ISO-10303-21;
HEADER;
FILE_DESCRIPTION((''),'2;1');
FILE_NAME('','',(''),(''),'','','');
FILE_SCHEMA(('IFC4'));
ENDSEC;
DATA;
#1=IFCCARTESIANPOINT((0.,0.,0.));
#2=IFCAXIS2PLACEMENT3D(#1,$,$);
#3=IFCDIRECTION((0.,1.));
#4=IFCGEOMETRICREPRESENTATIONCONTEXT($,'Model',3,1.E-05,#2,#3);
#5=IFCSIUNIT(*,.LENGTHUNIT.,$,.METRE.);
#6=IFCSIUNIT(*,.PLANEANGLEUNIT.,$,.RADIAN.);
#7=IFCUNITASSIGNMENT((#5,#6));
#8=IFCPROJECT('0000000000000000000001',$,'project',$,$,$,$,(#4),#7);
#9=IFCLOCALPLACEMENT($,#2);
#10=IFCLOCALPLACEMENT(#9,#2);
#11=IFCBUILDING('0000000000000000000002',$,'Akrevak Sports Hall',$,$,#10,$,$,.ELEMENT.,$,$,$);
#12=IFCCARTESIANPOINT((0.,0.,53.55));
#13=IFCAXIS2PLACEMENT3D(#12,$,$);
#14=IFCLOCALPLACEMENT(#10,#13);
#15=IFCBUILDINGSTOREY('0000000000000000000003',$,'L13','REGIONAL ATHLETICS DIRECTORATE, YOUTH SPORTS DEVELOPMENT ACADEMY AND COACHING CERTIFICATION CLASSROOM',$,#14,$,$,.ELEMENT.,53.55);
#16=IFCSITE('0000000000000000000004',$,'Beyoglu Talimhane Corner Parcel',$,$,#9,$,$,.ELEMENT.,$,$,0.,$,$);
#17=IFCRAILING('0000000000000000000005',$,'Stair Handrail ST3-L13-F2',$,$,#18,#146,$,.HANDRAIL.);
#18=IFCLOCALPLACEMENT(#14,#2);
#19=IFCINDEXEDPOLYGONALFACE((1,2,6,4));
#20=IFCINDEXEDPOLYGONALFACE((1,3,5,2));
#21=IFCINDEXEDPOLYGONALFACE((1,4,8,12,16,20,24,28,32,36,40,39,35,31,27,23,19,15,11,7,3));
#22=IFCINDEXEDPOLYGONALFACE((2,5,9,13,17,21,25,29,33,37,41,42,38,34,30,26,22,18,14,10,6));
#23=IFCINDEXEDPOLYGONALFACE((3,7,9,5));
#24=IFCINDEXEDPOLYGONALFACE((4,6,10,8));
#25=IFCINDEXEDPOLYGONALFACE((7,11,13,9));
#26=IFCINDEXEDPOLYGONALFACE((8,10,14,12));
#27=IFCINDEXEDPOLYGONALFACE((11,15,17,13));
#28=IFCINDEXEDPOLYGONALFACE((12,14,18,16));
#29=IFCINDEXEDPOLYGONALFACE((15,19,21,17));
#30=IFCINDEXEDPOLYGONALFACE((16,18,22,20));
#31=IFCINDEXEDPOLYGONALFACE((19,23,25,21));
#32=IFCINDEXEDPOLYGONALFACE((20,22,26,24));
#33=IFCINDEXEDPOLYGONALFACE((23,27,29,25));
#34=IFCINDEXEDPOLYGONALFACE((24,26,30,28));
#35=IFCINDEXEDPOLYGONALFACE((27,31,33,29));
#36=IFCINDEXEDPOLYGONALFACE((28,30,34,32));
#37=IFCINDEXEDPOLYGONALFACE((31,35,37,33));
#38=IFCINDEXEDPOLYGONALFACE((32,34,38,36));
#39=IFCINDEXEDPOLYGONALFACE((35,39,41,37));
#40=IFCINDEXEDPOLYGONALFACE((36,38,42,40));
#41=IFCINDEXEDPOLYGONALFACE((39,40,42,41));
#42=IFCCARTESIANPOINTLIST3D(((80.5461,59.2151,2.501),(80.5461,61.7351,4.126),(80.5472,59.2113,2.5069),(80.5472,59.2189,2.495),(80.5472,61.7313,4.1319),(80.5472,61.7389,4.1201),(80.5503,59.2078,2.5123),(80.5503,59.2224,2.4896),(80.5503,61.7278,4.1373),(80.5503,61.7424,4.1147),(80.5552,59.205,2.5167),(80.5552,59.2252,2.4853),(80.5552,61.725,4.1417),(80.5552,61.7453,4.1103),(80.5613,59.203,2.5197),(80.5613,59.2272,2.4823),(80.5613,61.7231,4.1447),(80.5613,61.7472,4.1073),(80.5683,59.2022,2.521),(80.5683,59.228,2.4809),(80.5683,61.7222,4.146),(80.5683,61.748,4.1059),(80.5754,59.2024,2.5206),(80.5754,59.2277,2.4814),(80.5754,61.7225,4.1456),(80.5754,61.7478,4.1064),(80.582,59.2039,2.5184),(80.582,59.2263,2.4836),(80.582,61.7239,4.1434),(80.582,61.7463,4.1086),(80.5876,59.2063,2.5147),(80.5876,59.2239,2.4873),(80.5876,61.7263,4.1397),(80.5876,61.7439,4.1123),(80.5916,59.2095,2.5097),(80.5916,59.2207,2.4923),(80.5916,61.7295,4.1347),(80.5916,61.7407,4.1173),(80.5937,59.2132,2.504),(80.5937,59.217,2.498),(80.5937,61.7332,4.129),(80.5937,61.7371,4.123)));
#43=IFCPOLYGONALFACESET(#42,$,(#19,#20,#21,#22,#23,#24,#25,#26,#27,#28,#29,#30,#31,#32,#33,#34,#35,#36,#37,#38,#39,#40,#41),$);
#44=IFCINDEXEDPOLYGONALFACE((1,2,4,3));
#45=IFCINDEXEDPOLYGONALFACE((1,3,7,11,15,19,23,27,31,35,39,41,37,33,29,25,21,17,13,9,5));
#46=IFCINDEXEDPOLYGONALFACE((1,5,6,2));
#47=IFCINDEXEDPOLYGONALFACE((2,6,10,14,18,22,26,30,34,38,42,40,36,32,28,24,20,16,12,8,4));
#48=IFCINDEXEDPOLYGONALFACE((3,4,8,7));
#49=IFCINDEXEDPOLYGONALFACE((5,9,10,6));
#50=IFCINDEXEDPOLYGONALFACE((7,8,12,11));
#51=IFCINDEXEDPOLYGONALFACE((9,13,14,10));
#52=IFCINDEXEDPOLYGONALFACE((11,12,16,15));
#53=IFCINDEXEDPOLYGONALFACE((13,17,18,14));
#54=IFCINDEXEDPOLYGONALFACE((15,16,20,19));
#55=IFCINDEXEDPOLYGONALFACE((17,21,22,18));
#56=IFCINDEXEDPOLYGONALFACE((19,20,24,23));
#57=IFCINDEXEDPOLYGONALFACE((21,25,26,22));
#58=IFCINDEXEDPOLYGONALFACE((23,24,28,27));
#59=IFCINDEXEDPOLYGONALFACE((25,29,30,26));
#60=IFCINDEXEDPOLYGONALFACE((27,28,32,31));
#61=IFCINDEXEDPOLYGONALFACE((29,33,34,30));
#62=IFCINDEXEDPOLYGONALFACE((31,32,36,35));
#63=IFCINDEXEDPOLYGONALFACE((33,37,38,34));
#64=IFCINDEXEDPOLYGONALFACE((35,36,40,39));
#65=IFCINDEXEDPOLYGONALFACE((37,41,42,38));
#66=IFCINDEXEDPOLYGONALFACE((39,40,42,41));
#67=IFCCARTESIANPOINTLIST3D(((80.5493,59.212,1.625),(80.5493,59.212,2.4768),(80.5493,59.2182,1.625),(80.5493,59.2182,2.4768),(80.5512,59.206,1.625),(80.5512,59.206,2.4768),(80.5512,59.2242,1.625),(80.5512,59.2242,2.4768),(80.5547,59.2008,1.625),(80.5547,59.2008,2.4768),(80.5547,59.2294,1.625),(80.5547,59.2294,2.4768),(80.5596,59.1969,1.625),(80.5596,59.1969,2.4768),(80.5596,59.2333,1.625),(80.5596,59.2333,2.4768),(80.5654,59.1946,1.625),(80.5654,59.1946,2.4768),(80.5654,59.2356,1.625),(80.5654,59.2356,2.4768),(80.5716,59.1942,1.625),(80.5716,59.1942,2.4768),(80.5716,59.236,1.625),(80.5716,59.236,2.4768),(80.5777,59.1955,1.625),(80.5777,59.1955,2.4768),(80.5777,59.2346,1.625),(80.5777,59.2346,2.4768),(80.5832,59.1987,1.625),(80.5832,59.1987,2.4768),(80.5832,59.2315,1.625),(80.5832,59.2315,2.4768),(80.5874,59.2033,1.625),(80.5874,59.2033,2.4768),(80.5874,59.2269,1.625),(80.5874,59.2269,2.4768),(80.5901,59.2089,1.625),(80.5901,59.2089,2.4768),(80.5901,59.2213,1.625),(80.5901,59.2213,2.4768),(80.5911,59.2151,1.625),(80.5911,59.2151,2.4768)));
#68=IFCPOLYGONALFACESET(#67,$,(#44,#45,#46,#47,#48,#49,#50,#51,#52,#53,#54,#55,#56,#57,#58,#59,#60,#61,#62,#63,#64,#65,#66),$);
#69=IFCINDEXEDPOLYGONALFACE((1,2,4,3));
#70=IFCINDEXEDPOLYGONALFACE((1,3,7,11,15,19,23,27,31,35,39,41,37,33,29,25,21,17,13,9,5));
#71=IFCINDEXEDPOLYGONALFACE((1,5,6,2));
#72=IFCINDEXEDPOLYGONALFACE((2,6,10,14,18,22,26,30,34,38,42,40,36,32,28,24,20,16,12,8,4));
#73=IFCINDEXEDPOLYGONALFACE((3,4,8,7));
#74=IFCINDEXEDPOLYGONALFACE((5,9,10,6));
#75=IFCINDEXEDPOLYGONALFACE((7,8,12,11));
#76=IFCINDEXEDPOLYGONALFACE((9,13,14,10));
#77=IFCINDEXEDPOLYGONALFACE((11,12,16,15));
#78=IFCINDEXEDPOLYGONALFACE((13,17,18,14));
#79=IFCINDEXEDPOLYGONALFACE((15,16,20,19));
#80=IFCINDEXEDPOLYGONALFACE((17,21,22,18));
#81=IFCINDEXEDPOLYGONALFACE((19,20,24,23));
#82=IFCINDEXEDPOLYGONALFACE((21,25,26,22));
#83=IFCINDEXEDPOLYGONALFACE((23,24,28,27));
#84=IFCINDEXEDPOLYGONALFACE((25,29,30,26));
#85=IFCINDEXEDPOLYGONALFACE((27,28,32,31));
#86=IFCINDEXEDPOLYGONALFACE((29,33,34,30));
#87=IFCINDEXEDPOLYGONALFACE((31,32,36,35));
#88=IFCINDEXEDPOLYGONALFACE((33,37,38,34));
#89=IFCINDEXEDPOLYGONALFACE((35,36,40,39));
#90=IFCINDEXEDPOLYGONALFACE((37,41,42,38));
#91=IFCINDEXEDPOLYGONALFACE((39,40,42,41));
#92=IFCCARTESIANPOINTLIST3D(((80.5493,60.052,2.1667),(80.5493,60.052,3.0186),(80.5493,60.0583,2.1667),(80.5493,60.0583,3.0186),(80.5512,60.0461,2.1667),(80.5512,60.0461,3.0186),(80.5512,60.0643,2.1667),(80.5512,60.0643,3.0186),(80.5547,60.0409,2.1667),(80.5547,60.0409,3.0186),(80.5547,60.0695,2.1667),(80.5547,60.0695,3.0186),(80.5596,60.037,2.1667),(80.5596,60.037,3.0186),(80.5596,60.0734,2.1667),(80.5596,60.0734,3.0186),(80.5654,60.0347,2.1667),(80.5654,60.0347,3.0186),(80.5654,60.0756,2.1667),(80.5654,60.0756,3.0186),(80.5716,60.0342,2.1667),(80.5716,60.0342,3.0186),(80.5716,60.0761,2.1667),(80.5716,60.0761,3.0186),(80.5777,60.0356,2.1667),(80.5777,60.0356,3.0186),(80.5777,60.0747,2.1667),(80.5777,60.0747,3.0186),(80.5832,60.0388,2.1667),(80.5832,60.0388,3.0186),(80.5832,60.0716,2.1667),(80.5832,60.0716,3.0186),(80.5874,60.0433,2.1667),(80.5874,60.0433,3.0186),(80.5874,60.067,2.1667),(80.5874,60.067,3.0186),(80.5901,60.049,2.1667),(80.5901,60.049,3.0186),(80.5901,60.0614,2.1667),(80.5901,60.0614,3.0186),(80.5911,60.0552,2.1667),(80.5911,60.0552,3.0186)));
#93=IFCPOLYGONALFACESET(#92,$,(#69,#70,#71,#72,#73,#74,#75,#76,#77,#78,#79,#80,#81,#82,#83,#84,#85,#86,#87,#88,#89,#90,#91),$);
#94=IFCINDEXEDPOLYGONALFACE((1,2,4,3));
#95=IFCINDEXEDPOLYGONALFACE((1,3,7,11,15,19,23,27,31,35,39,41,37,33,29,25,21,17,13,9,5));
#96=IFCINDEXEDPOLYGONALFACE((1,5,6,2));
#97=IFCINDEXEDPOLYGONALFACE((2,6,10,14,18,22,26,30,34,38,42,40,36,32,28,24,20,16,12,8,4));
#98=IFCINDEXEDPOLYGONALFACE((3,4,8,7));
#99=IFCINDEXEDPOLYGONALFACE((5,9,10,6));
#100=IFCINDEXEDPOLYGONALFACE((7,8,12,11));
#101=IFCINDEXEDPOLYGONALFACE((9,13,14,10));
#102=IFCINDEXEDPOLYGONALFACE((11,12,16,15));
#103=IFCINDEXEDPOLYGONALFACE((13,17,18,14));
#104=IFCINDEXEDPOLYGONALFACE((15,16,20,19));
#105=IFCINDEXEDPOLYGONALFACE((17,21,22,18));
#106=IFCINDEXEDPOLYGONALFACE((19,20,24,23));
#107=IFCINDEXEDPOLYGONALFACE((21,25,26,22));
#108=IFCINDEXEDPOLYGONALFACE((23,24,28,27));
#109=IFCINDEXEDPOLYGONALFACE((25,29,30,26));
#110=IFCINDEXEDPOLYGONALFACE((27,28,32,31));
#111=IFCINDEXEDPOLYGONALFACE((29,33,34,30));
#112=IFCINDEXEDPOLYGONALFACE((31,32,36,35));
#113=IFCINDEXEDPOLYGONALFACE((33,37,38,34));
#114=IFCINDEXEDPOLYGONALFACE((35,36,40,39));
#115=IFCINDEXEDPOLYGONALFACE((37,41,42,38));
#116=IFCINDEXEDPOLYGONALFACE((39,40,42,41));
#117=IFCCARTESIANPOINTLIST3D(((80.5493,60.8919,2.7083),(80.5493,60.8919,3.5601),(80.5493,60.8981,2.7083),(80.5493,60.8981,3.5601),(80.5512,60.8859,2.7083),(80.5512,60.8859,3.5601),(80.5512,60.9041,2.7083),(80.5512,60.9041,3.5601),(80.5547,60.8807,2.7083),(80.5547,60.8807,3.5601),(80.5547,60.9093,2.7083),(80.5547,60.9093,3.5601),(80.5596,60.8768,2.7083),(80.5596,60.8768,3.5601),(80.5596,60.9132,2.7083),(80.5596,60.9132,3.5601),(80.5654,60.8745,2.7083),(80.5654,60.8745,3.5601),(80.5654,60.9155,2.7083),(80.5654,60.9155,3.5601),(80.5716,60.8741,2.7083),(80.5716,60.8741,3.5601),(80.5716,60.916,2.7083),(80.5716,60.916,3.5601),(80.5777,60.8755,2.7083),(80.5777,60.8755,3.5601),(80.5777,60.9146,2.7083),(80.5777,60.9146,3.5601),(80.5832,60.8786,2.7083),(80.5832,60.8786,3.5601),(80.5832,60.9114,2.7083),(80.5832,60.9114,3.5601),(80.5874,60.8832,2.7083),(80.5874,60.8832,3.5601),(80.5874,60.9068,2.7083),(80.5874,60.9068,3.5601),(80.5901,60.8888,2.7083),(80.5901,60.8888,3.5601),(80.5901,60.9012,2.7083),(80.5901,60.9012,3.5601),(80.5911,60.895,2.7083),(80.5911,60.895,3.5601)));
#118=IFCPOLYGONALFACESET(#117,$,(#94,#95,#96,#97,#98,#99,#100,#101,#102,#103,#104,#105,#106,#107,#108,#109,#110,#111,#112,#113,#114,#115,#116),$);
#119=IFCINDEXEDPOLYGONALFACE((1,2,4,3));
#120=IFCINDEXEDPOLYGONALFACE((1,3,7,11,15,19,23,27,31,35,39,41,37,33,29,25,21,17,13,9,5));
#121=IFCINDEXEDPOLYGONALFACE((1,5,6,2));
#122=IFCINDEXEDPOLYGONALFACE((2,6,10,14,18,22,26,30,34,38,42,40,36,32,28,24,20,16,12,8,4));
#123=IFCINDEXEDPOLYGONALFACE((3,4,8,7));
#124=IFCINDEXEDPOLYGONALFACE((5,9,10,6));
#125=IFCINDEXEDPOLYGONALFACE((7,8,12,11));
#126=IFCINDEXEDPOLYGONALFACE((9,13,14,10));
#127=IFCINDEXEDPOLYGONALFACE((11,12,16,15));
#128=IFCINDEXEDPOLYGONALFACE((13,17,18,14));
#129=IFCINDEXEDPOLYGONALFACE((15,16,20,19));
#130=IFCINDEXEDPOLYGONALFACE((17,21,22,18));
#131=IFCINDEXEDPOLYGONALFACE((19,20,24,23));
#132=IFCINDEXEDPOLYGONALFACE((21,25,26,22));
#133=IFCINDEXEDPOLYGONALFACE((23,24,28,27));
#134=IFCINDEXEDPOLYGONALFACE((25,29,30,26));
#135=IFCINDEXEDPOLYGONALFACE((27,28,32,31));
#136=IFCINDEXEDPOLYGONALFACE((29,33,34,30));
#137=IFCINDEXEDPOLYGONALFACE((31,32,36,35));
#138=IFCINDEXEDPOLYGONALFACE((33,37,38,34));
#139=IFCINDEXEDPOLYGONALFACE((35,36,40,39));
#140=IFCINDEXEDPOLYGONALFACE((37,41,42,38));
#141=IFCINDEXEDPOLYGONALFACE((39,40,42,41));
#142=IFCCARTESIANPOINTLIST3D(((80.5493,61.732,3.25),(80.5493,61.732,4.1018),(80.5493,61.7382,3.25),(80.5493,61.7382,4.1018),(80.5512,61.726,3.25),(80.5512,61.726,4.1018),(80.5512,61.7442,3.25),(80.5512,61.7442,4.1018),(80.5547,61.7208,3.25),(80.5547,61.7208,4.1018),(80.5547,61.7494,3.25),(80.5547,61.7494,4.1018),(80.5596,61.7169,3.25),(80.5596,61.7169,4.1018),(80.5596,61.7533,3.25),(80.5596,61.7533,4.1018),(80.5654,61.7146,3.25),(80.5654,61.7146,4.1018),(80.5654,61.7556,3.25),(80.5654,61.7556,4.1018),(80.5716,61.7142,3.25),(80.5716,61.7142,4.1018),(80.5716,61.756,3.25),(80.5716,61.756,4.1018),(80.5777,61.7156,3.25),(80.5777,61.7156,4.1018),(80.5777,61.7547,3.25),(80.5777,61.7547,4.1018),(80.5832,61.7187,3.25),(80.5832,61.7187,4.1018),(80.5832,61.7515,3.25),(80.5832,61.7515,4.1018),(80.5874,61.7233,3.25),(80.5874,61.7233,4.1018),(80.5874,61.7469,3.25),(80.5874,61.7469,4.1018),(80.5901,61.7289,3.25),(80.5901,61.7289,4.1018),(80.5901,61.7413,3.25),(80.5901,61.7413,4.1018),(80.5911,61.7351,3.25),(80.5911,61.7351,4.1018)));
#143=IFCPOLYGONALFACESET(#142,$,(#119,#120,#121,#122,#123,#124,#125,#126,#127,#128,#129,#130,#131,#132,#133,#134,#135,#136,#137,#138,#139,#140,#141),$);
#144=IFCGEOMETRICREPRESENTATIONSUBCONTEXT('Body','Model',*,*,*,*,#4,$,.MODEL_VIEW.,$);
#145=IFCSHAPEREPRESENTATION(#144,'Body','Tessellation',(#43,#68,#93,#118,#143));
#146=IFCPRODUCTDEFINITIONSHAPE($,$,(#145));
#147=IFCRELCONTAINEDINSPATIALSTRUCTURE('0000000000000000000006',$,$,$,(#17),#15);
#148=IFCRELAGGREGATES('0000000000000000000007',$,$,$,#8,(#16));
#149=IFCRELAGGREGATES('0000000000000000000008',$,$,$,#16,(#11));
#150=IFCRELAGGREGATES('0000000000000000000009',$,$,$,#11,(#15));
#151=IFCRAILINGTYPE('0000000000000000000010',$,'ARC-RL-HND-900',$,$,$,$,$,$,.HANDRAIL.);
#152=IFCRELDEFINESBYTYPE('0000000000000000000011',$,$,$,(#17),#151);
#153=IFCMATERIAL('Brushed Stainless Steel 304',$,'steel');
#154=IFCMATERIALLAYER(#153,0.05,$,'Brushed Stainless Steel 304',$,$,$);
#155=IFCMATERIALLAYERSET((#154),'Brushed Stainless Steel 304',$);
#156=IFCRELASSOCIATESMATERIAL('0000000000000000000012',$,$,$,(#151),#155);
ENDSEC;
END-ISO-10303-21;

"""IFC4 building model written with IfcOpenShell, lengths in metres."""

from ifc_helpers import new_model, si_unit, direction, frame, origin, origin_2d, place, context, subcontext, project, spatial, circle, extrude, material, layer, layer_set, type_object, element, save


model = new_model("IFC4")

# Units and contexts
model_context = context("Model", 3, precision=1e-05, world=origin(), true_north=direction((0.0, 1.0)))
body_context = subcontext(model_context, "Body", "Model", "MODEL_VIEW")
ifc_project = project(units=[si_unit("LENGTHUNIT", "METRE"), si_unit("PLANEANGLEUNIT", "RADIAN")], contexts=[model_context])

# Site, building, storey
site_placement = place(None, origin())
site = spatial("IfcSite", under=ifc_project, at=site_placement, Name="Beyoglu Talimhane Corner Parcel", CompositionType="ELEMENT", RefElevation=0.0)
building_placement = place(site_placement, origin())
building = spatial("IfcBuilding", under=site, at=building_placement, Name="Akrevak Sports Hall", CompositionType="ELEMENT")
storey_placement = place(building_placement, frame((0.0, 0.0, 53.55)))
storey = spatial("IfcBuildingStorey", under=building, at=storey_placement, Name="L13", Description="REGIONAL ATHLETICS DIRECTORATE, YOUTH SPORTS DEVELOPMENT ACADEMY AND COACHING CERTIFICATION CLASSROOM", CompositionType="ELEMENT", Elevation=53.55)

# Railing
ifc_material_1 = material(Name="Brushed Stainless Steel 304", Category="steel")
ifc_layer_1 = layer(ifc_material_1, 0.05, Name="Brushed Stainless Steel 304")
ifc_layer_set_1 = layer_set([ifc_layer_1], Name="Brushed Stainless Steel 304")
railing_type_1 = type_object("IfcRailingType", Name="ARC-RL-HND-900", PredefinedType="HANDRAIL", material=ifc_layer_set_1)
railing_1_placement = place(storey_placement, frame((80.5701, 59.2151, 1.625)))
element("IfcRailing", 1, at=railing_1_placement, inside=storey, type_object=railing_type_1, Name="Stair Handrail ST3-L13-F2", PredefinedType="HANDRAIL", context=body_context, shape_type="SweptSolid", body=[
    extrude(circle(Radius=0.0239, at=origin_2d()), frame((0.0, 0.0, 0.876), z_axis=(0.0, 0.840421, 0.541934), x_axis=(-1.0, 0.0, 0.0)), (0.0, 0.0, 1.0), 2.9985),
    extrude(circle(Radius=0.021, at=origin_2d()), origin(), (0.0, 0.0, 1.0), 0.8518),
    extrude(circle(Radius=0.021, at=origin_2d()), frame((0.0, 0.8401, 0.5417)), (0.0, 0.0, 1.0), 0.8518),
    extrude(circle(Radius=0.021, at=origin_2d()), frame((0.0, 1.6799, 1.0833)), (0.0, 0.0, 1.0), 0.8518),
    extrude(circle(Radius=0.021, at=origin_2d()), frame((0.0, 2.52, 1.625)), (0.0, 0.0, 1.0), 0.8518),
])

save(model, "model.ifc")
